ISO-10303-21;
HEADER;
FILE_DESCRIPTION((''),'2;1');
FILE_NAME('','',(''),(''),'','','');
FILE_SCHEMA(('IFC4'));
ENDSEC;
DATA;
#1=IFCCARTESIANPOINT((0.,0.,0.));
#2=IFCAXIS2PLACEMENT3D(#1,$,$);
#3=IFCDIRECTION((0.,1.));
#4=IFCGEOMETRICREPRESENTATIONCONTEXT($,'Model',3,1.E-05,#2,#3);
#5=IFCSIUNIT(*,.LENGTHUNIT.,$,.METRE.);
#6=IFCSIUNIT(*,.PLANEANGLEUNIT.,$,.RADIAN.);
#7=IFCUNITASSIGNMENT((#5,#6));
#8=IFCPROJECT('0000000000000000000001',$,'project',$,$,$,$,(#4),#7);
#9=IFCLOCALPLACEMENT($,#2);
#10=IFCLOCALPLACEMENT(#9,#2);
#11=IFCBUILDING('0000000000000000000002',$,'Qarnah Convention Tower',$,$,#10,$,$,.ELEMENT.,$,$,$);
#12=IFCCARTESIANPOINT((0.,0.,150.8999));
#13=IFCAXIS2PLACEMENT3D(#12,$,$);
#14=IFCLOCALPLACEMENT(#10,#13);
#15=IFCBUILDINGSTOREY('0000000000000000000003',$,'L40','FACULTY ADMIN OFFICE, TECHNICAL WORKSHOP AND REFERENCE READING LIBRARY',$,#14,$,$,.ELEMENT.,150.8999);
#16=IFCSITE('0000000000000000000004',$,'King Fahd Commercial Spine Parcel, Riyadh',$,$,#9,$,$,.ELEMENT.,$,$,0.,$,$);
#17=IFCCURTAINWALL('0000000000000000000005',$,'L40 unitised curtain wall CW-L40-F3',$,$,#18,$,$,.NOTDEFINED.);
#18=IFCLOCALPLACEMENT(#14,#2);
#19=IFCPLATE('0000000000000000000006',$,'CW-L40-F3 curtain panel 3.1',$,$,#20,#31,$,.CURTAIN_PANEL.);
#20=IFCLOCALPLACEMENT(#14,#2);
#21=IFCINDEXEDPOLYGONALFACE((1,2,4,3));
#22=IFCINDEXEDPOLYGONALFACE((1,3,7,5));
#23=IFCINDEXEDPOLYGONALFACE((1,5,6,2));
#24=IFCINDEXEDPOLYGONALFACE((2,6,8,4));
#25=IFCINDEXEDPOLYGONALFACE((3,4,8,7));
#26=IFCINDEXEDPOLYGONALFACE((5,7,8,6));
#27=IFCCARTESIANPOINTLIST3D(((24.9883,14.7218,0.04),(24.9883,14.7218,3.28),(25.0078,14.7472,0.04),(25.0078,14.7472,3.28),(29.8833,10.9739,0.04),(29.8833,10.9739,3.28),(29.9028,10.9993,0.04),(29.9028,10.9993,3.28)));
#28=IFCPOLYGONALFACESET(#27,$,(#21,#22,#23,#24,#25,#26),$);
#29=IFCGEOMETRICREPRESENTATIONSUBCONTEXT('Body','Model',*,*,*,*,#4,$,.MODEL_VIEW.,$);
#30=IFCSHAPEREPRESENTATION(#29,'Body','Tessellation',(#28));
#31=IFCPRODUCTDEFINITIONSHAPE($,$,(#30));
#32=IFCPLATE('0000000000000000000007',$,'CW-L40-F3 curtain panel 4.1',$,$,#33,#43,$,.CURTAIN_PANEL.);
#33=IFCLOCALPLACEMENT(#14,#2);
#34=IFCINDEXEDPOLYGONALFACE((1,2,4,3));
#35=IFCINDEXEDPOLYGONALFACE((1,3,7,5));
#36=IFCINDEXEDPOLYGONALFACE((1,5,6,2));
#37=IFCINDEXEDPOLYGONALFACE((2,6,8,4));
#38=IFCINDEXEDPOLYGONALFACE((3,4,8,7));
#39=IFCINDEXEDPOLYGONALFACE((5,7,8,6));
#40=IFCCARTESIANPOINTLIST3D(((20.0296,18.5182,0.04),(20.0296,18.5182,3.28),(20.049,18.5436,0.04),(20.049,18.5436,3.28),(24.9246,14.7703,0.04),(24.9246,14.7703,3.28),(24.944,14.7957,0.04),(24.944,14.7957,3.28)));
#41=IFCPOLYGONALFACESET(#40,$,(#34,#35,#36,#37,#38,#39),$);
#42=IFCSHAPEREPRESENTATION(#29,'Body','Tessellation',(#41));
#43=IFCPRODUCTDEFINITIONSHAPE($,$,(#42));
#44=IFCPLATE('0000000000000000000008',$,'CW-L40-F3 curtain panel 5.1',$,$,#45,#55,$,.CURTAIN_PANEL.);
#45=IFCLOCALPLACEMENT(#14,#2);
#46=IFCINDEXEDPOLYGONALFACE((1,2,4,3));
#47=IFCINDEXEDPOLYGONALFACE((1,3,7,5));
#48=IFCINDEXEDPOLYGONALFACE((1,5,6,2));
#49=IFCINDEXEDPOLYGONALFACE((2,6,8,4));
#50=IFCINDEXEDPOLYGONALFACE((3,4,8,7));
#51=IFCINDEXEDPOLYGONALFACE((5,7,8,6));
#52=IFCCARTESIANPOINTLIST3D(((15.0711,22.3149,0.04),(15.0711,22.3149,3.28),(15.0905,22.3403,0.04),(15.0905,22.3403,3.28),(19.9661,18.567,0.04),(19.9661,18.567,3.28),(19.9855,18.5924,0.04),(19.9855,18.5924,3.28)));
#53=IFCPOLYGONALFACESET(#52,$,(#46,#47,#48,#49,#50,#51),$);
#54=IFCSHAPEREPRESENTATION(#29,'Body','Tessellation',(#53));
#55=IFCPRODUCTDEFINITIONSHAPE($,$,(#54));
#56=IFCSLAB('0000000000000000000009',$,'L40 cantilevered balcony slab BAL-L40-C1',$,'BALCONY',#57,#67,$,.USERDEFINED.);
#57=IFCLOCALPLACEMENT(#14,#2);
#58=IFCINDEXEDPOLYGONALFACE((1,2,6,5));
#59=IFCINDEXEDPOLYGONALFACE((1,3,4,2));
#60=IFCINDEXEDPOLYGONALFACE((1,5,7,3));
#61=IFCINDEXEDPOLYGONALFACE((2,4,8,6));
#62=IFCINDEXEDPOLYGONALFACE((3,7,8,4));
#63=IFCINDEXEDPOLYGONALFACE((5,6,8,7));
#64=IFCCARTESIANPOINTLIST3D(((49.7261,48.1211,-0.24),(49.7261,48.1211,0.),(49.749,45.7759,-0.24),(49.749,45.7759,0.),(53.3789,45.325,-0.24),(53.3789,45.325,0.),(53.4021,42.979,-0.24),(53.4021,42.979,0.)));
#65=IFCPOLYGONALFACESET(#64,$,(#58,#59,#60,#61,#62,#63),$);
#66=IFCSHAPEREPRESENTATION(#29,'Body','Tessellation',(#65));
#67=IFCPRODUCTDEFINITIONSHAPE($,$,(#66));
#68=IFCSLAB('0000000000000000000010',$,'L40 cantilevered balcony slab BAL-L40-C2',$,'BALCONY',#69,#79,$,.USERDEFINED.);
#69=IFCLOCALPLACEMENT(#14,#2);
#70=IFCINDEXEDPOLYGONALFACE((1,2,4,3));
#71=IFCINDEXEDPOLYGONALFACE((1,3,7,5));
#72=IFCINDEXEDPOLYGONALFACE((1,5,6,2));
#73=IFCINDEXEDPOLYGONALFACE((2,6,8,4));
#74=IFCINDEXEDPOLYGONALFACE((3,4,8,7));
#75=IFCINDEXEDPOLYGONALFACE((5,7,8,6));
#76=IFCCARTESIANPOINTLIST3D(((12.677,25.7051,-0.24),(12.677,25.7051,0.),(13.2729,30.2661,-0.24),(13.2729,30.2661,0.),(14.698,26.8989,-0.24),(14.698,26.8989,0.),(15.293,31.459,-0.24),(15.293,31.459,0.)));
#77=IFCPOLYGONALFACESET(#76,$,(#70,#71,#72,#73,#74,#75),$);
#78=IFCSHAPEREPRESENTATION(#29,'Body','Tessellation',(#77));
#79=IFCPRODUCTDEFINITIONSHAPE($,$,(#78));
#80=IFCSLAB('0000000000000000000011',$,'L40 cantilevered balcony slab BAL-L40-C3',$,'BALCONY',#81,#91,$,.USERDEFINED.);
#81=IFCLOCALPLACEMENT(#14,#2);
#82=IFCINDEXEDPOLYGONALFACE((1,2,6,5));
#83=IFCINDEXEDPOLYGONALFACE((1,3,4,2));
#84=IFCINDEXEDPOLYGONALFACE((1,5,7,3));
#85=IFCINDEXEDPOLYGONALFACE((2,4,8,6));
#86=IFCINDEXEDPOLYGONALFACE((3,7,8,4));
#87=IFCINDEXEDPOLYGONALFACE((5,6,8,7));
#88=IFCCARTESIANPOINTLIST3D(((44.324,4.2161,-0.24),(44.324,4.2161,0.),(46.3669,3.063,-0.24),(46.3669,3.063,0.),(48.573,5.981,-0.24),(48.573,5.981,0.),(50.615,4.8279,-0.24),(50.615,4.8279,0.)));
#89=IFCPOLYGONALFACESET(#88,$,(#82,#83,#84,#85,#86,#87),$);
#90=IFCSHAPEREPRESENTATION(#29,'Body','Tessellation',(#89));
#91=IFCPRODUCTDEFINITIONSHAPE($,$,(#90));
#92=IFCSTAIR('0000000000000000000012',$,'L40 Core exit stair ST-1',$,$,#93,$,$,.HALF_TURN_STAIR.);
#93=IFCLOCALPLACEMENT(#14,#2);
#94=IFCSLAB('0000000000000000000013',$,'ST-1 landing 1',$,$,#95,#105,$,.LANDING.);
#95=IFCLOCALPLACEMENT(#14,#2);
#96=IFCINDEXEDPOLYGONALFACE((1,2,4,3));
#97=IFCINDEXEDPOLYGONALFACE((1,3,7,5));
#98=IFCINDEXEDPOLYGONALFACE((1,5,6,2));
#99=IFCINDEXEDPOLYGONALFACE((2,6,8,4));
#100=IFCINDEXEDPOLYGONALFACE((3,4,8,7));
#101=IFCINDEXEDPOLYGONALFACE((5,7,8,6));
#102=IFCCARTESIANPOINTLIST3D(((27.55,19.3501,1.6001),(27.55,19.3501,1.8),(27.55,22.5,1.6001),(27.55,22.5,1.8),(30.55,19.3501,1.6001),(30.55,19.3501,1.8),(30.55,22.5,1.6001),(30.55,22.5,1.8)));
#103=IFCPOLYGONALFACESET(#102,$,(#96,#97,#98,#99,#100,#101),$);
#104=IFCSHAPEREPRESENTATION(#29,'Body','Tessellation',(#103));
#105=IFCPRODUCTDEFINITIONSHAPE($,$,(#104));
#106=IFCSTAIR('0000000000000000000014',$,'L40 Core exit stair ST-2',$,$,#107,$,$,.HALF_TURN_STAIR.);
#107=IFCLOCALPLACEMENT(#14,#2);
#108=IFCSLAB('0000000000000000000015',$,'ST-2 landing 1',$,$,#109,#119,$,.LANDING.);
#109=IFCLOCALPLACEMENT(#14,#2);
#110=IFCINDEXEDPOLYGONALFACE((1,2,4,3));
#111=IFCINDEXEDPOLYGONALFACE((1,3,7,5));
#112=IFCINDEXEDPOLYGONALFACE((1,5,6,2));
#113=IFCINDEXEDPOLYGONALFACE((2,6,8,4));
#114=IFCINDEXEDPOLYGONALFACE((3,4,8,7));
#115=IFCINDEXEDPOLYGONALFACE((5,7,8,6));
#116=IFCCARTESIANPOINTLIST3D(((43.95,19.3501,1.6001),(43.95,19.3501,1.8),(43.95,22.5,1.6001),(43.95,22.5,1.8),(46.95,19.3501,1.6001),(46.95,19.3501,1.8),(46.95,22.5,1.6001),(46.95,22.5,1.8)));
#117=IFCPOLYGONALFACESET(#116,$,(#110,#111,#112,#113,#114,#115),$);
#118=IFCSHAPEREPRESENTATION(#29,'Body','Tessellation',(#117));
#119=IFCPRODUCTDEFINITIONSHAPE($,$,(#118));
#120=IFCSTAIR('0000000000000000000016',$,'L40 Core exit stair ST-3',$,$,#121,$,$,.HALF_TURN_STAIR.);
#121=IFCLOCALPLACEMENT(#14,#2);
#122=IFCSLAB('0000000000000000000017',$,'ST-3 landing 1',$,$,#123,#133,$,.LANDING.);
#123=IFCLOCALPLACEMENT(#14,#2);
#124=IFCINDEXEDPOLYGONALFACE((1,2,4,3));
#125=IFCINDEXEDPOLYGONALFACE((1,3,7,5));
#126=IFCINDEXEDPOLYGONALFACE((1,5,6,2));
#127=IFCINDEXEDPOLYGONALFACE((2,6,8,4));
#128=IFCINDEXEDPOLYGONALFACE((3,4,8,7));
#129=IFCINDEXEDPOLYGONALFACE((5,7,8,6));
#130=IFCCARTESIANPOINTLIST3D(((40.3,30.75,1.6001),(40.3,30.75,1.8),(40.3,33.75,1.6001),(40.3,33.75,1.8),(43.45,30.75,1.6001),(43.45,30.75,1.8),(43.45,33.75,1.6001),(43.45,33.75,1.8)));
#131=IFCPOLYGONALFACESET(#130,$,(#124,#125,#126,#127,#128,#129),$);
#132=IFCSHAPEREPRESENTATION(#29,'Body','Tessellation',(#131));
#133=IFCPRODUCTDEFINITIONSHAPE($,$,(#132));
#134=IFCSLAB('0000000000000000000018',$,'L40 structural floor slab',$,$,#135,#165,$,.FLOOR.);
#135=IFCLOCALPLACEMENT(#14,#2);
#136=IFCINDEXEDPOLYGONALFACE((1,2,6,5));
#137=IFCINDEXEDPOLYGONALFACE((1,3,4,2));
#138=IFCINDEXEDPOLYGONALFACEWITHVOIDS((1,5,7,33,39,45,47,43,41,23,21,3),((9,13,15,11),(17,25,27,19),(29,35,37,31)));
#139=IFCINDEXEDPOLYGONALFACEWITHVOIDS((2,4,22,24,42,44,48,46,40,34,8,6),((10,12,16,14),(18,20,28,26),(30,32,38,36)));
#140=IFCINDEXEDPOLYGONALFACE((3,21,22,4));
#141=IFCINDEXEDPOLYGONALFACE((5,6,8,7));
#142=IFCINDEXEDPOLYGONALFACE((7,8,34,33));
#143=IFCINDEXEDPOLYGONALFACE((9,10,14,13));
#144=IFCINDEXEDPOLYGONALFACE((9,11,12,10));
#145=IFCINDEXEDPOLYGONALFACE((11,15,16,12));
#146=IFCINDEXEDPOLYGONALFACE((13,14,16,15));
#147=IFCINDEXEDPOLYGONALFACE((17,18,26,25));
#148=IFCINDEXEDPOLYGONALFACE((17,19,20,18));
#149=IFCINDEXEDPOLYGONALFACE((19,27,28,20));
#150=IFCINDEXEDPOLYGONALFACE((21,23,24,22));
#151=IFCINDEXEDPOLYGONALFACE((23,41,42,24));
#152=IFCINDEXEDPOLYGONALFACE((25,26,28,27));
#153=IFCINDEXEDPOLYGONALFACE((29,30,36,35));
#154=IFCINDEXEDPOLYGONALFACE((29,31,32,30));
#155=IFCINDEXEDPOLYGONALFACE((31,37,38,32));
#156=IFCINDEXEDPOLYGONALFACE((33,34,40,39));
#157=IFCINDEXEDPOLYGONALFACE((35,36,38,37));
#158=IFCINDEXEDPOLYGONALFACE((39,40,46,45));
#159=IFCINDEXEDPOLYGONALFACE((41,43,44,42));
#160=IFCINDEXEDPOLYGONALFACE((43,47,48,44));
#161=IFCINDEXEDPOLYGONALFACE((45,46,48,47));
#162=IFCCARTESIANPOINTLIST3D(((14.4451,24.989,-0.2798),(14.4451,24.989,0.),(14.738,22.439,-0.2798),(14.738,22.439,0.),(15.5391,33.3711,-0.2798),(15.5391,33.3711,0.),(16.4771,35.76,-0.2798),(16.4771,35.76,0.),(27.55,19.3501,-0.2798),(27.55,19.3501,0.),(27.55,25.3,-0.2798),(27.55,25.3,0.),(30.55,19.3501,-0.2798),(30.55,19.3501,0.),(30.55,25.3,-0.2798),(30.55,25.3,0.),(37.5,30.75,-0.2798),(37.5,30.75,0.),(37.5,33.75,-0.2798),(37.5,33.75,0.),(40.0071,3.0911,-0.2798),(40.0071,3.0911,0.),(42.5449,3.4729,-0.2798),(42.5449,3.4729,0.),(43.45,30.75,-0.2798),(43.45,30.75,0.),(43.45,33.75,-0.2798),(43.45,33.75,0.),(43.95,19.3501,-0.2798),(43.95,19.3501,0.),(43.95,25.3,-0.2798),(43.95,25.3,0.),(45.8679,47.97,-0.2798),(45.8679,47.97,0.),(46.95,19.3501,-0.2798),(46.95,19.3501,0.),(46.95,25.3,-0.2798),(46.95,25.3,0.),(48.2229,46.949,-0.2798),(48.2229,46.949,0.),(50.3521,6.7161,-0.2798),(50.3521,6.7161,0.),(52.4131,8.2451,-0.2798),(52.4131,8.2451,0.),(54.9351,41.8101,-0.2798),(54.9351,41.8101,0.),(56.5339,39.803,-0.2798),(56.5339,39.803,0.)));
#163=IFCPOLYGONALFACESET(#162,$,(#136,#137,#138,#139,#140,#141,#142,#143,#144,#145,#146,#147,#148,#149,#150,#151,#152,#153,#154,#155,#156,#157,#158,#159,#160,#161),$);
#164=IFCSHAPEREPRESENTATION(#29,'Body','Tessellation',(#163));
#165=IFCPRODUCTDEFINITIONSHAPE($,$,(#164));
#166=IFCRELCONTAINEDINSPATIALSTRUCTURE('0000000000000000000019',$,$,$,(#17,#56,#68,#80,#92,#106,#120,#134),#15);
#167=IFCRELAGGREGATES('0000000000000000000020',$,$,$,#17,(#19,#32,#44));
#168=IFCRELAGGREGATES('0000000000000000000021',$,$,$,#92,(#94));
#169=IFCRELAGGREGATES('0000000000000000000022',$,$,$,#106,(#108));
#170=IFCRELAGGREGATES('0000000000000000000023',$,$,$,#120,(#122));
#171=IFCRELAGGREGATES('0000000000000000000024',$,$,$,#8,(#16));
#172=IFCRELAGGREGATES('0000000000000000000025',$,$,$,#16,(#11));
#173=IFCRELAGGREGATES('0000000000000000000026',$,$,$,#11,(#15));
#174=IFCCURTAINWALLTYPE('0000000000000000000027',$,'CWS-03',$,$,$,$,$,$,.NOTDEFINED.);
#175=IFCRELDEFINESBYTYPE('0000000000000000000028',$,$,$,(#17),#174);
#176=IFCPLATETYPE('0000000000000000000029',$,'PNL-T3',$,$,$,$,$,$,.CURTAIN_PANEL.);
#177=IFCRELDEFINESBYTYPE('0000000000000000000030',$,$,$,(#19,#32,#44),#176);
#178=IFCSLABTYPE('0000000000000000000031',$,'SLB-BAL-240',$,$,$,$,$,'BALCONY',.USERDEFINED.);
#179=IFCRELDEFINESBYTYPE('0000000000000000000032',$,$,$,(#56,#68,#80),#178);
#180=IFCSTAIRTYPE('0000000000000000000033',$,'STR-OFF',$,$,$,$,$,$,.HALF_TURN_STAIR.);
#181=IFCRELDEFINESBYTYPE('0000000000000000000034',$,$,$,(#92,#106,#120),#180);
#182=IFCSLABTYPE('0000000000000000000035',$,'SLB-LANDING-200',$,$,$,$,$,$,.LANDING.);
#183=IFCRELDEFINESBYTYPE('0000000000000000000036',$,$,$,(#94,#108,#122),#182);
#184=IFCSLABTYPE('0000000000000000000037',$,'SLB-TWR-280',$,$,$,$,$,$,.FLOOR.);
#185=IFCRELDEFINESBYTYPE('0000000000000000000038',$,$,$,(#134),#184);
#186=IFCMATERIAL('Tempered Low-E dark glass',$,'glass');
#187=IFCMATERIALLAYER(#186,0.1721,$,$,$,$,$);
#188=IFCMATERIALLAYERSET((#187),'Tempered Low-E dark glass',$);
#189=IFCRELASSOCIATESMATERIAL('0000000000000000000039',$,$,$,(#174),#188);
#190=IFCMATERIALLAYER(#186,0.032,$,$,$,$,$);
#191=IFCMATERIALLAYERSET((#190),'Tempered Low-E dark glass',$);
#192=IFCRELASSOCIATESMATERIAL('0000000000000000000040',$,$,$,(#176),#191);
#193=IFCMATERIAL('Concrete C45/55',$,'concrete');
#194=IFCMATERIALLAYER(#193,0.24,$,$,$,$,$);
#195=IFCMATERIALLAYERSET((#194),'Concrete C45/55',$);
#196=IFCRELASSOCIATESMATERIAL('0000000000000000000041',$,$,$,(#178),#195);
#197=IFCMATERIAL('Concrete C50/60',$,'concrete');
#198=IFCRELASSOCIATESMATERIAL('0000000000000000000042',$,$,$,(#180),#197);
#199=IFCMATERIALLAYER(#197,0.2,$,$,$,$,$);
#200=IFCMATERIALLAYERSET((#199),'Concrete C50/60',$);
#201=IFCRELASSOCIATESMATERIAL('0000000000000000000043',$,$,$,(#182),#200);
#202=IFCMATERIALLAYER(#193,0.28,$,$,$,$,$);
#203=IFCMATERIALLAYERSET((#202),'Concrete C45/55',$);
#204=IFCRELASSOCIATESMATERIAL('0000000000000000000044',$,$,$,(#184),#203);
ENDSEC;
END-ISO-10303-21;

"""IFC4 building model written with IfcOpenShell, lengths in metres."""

from ifc_helpers import new_model, si_unit, direction, frame, origin, origin_2d, place, context, subcontext, project, spatial, polyline, rectangle, outline, extrude, material, layer, layer_set, type_object, element, aggregate, save


model = new_model("IFC4")

# Units and contexts
model_context = context("Model", 3, precision=1e-05, world=origin(), true_north=direction((0.0, 1.0)))
body_context = subcontext(model_context, "Body", "Model", "MODEL_VIEW")
ifc_project = project(units=[si_unit("LENGTHUNIT", "METRE"), si_unit("PLANEANGLEUNIT", "RADIAN")], contexts=[model_context])

# Site, building, storey
site_placement = place(None, origin())
site = spatial("IfcSite", under=ifc_project, at=site_placement, Name="King Fahd Commercial Spine Parcel, Riyadh", CompositionType="ELEMENT", RefElevation=0.0)
building_placement = place(site_placement, origin())
building = spatial("IfcBuilding", under=site, at=building_placement, Name="Qarnah Convention Tower", CompositionType="ELEMENT")
storey_placement = place(building_placement, frame((0.0, 0.0, 150.8999)))
storey = spatial("IfcBuildingStorey", under=building, at=storey_placement, Name="L40", Description="FACULTY ADMIN OFFICE, TECHNICAL WORKSHOP AND REFERENCE READING LIBRARY", CompositionType="ELEMENT", Elevation=150.8999)

# Curtain wall, plates
ifc_material_1 = material(Name="Tempered Low-E dark glass", Category="glass")
ifc_layer_1 = layer(ifc_material_1, 0.1721)
ifc_layer_set_1 = layer_set([ifc_layer_1], Name="Tempered Low-E dark glass")
curtain_wall_type = type_object("IfcCurtainWallType", Name="CWS-03", PredefinedType="NOTDEFINED", material=ifc_layer_set_1)
curtain_wall_placement = place(storey_placement, origin())
curtain_wall = element("IfcCurtainWall", 1, at=curtain_wall_placement, inside=storey, type_object=curtain_wall_type, Name="L40 unitised curtain wall CW-L40-F3", PredefinedType="NOTDEFINED")
ifc_layer_2 = layer(ifc_material_1, 0.032)
ifc_layer_set_2 = layer_set([ifc_layer_2], Name="Tempered Low-E dark glass")
plate_type = type_object("IfcPlateType", Name="PNL-T3", PredefinedType="CURTAIN_PANEL", material=ifc_layer_set_2)
plate_1_placement = place(storey_placement, frame((27.4456, 12.8606, 0.04), z_axis=(0.0, 0.0, 1.0), x_axis=(-0.793992, 0.607928, 0.0)))
plate_1 = element("IfcPlate", 2, at=plate_1_placement, type_object=plate_type, Name="CW-L40-F3 curtain panel 3.1", PredefinedType="CURTAIN_PANEL", context=body_context, shape_type="SweptSolid", body=[
    extrude(rectangle(XDim=6.165, YDim=0.032, at=origin_2d()), origin(), (0.0, 0.0, 1.0), 3.24),
])
plate_2_placement = place(storey_placement, frame((22.4868, 16.657, 0.04), z_axis=(0.0, 0.0, 1.0), x_axis=(-0.793992, 0.607928, 0.0)))
plate_2 = element("IfcPlate", 3, at=plate_2_placement, type_object=plate_type, Name="CW-L40-F3 curtain panel 4.1", PredefinedType="CURTAIN_PANEL", context=body_context, shape_type="SweptSolid", body=[
    extrude(rectangle(XDim=6.165, YDim=0.032, at=origin_2d()), origin(), (0.0, 0.0, 1.0), 3.24),
])
plate_3_placement = place(storey_placement, frame((17.5283, 20.4536, 0.04), z_axis=(0.0, 0.0, 1.0), x_axis=(-0.793992, 0.607928, 0.0)))
plate_3 = element("IfcPlate", 4, at=plate_3_placement, type_object=plate_type, Name="CW-L40-F3 curtain panel 5.1", PredefinedType="CURTAIN_PANEL", context=body_context, shape_type="SweptSolid", body=[
    extrude(rectangle(XDim=6.165, YDim=0.032, at=origin_2d()), origin(), (0.0, 0.0, 1.0), 3.24),
])
aggregate(curtain_wall, [plate_1, plate_2, plate_3])

# Slabs
ifc_material_2 = material(Name="Concrete C45/55", Category="concrete")
ifc_layer_3 = layer(ifc_material_2, 0.24)
ifc_layer_set_3 = layer_set([ifc_layer_3], Name="Concrete C45/55")
slab_type_1 = type_object("IfcSlabType", Name="SLB-BAL-240", ElementType="BALCONY", PredefinedType="USERDEFINED", material=ifc_layer_set_3)
slab_1_placement = place(storey_placement, frame((0.0, 0.0, -0.24)))
element("IfcSlab", 5, at=slab_1_placement, inside=storey, type_object=slab_type_1, Name="L40 cantilevered balcony slab BAL-L40-C1", ObjectType="BALCONY", PredefinedType="USERDEFINED", context=body_context, shape_type="SweptSolid", body=[
    extrude(outline(polyline([(49.7261, 48.1211), (53.3789, 45.325), (53.4021, 42.979), (49.749, 45.7759), (49.7261, 48.1211)])), origin(), (0.0, 0.0, 1.0), 0.24),
])
slab_2_placement = place(storey_placement, frame((0.0, 0.0, -0.24)))
element("IfcSlab", 6, at=slab_2_placement, inside=storey, type_object=slab_type_1, Name="L40 cantilevered balcony slab BAL-L40-C2", ObjectType="BALCONY", PredefinedType="USERDEFINED", context=body_context, shape_type="SweptSolid", body=[
    extrude(outline(polyline([(12.677, 25.7051), (13.2729, 30.2661), (15.293, 31.459), (14.698, 26.8989), (12.677, 25.7051)])), origin(), (0.0, 0.0, 1.0), 0.24),
])
slab_3_placement = place(storey_placement, frame((0.0, 0.0, -0.24)))
element("IfcSlab", 7, at=slab_3_placement, inside=storey, type_object=slab_type_1, Name="L40 cantilevered balcony slab BAL-L40-C3", ObjectType="BALCONY", PredefinedType="USERDEFINED", context=body_context, shape_type="SweptSolid", body=[
    extrude(outline(polyline([(50.615, 4.8279), (46.3669, 3.063), (44.324, 4.2161), (48.573, 5.981), (50.615, 4.8279)])), origin(), (0.0, 0.0, 1.0), 0.24),
])

# Stairs, slabs
ifc_material_3 = material(Name="Concrete C50/60", Category="concrete")
stair_type = type_object("IfcStairType", Name="STR-OFF", PredefinedType="HALF_TURN_STAIR", material=ifc_material_3)
stair_1_placement = place(storey_placement, origin())
stair_1 = element("IfcStair", 8, at=stair_1_placement, inside=storey, type_object=stair_type, Name="L40 Core exit stair ST-1", PredefinedType="HALF_TURN_STAIR")
ifc_layer_4 = layer(ifc_material_3, 0.2)
ifc_layer_set_4 = layer_set([ifc_layer_4], Name="Concrete C50/60")
slab_type_2 = type_object("IfcSlabType", Name="SLB-LANDING-200", PredefinedType="LANDING", material=ifc_layer_set_4)
slab_4_placement = place(storey_placement, frame((0.0, 0.0, 1.6001)))
slab_4 = element("IfcSlab", 9, at=slab_4_placement, type_object=slab_type_2, Name="ST-1 landing 1", PredefinedType="LANDING", context=body_context, shape_type="SweptSolid", body=[
    extrude(outline(polyline([(27.55, 22.5), (27.55, 19.3501), (30.55, 19.3501), (30.55, 22.5), (27.55, 22.5)])), origin(), (0.0, 0.0, 1.0), 0.2),
])
aggregate(stair_1, [slab_4])
stair_2_placement = place(storey_placement, origin())
stair_2 = element("IfcStair", 10, at=stair_2_placement, inside=storey, type_object=stair_type, Name="L40 Core exit stair ST-2", PredefinedType="HALF_TURN_STAIR")
slab_5_placement = place(storey_placement, frame((0.0, 0.0, 1.6001)))
slab_5 = element("IfcSlab", 11, at=slab_5_placement, type_object=slab_type_2, Name="ST-2 landing 1", PredefinedType="LANDING", context=body_context, shape_type="SweptSolid", body=[
    extrude(outline(polyline([(43.95, 22.5), (43.95, 19.3501), (46.95, 19.3501), (46.95, 22.5), (43.95, 22.5)])), origin(), (0.0, 0.0, 1.0), 0.2),
])
aggregate(stair_2, [slab_5])
stair_3_placement = place(storey_placement, origin())
stair_3 = element("IfcStair", 12, at=stair_3_placement, inside=storey, type_object=stair_type, Name="L40 Core exit stair ST-3", PredefinedType="HALF_TURN_STAIR")
slab_6_placement = place(storey_placement, frame((0.0, 0.0, 1.6001)))
slab_6 = element("IfcSlab", 13, at=slab_6_placement, type_object=slab_type_2, Name="ST-3 landing 1", PredefinedType="LANDING", context=body_context, shape_type="SweptSolid", body=[
    extrude(outline(polyline([(40.3, 30.75), (43.45, 30.75), (43.45, 33.75), (40.3, 33.75), (40.3, 30.75)])), origin(), (0.0, 0.0, 1.0), 0.2),
])
aggregate(stair_3, [slab_6])

# Slab
ifc_layer_5 = layer(ifc_material_2, 0.28)
ifc_layer_set_5 = layer_set([ifc_layer_5], Name="Concrete C45/55")
slab_type_3 = type_object("IfcSlabType", Name="SLB-TWR-280", PredefinedType="FLOOR", material=ifc_layer_set_5)
slab_7_placement = place(storey_placement, frame((0.0, 0.0, -0.2798)))
element("IfcSlab", 14, at=slab_7_placement, inside=storey, type_object=slab_type_3, Name="L40 structural floor slab", PredefinedType="FLOOR", context=body_context, shape_type="SweptSolid", body=[
    extrude(outline(polyline([(45.8679, 47.97), (16.4771, 35.76), (15.5391, 33.3711), (14.4451, 24.989), (14.738, 22.439), (40.0071, 3.0911), (42.5449, 3.4729), (50.3521, 6.7161), (52.4131, 8.2451), (56.5339, 39.803), (54.9351, 41.8101), (48.2229, 46.949), (45.8679, 47.97)]), holes=[polyline([(27.55, 25.3), (27.55, 19.3501), (30.55, 19.3501), (30.55, 25.3), (27.55, 25.3)]), polyline([(43.95, 25.3), (43.95, 19.3501), (46.95, 19.3501), (46.95, 25.3), (43.95, 25.3)]), polyline([(37.5, 30.75), (43.45, 30.75), (43.45, 33.75), (37.5, 33.75), (37.5, 30.75)])]), origin(), (0.0, 0.0, 1.0), 0.2798),
])

save(model, "model.ifc")
